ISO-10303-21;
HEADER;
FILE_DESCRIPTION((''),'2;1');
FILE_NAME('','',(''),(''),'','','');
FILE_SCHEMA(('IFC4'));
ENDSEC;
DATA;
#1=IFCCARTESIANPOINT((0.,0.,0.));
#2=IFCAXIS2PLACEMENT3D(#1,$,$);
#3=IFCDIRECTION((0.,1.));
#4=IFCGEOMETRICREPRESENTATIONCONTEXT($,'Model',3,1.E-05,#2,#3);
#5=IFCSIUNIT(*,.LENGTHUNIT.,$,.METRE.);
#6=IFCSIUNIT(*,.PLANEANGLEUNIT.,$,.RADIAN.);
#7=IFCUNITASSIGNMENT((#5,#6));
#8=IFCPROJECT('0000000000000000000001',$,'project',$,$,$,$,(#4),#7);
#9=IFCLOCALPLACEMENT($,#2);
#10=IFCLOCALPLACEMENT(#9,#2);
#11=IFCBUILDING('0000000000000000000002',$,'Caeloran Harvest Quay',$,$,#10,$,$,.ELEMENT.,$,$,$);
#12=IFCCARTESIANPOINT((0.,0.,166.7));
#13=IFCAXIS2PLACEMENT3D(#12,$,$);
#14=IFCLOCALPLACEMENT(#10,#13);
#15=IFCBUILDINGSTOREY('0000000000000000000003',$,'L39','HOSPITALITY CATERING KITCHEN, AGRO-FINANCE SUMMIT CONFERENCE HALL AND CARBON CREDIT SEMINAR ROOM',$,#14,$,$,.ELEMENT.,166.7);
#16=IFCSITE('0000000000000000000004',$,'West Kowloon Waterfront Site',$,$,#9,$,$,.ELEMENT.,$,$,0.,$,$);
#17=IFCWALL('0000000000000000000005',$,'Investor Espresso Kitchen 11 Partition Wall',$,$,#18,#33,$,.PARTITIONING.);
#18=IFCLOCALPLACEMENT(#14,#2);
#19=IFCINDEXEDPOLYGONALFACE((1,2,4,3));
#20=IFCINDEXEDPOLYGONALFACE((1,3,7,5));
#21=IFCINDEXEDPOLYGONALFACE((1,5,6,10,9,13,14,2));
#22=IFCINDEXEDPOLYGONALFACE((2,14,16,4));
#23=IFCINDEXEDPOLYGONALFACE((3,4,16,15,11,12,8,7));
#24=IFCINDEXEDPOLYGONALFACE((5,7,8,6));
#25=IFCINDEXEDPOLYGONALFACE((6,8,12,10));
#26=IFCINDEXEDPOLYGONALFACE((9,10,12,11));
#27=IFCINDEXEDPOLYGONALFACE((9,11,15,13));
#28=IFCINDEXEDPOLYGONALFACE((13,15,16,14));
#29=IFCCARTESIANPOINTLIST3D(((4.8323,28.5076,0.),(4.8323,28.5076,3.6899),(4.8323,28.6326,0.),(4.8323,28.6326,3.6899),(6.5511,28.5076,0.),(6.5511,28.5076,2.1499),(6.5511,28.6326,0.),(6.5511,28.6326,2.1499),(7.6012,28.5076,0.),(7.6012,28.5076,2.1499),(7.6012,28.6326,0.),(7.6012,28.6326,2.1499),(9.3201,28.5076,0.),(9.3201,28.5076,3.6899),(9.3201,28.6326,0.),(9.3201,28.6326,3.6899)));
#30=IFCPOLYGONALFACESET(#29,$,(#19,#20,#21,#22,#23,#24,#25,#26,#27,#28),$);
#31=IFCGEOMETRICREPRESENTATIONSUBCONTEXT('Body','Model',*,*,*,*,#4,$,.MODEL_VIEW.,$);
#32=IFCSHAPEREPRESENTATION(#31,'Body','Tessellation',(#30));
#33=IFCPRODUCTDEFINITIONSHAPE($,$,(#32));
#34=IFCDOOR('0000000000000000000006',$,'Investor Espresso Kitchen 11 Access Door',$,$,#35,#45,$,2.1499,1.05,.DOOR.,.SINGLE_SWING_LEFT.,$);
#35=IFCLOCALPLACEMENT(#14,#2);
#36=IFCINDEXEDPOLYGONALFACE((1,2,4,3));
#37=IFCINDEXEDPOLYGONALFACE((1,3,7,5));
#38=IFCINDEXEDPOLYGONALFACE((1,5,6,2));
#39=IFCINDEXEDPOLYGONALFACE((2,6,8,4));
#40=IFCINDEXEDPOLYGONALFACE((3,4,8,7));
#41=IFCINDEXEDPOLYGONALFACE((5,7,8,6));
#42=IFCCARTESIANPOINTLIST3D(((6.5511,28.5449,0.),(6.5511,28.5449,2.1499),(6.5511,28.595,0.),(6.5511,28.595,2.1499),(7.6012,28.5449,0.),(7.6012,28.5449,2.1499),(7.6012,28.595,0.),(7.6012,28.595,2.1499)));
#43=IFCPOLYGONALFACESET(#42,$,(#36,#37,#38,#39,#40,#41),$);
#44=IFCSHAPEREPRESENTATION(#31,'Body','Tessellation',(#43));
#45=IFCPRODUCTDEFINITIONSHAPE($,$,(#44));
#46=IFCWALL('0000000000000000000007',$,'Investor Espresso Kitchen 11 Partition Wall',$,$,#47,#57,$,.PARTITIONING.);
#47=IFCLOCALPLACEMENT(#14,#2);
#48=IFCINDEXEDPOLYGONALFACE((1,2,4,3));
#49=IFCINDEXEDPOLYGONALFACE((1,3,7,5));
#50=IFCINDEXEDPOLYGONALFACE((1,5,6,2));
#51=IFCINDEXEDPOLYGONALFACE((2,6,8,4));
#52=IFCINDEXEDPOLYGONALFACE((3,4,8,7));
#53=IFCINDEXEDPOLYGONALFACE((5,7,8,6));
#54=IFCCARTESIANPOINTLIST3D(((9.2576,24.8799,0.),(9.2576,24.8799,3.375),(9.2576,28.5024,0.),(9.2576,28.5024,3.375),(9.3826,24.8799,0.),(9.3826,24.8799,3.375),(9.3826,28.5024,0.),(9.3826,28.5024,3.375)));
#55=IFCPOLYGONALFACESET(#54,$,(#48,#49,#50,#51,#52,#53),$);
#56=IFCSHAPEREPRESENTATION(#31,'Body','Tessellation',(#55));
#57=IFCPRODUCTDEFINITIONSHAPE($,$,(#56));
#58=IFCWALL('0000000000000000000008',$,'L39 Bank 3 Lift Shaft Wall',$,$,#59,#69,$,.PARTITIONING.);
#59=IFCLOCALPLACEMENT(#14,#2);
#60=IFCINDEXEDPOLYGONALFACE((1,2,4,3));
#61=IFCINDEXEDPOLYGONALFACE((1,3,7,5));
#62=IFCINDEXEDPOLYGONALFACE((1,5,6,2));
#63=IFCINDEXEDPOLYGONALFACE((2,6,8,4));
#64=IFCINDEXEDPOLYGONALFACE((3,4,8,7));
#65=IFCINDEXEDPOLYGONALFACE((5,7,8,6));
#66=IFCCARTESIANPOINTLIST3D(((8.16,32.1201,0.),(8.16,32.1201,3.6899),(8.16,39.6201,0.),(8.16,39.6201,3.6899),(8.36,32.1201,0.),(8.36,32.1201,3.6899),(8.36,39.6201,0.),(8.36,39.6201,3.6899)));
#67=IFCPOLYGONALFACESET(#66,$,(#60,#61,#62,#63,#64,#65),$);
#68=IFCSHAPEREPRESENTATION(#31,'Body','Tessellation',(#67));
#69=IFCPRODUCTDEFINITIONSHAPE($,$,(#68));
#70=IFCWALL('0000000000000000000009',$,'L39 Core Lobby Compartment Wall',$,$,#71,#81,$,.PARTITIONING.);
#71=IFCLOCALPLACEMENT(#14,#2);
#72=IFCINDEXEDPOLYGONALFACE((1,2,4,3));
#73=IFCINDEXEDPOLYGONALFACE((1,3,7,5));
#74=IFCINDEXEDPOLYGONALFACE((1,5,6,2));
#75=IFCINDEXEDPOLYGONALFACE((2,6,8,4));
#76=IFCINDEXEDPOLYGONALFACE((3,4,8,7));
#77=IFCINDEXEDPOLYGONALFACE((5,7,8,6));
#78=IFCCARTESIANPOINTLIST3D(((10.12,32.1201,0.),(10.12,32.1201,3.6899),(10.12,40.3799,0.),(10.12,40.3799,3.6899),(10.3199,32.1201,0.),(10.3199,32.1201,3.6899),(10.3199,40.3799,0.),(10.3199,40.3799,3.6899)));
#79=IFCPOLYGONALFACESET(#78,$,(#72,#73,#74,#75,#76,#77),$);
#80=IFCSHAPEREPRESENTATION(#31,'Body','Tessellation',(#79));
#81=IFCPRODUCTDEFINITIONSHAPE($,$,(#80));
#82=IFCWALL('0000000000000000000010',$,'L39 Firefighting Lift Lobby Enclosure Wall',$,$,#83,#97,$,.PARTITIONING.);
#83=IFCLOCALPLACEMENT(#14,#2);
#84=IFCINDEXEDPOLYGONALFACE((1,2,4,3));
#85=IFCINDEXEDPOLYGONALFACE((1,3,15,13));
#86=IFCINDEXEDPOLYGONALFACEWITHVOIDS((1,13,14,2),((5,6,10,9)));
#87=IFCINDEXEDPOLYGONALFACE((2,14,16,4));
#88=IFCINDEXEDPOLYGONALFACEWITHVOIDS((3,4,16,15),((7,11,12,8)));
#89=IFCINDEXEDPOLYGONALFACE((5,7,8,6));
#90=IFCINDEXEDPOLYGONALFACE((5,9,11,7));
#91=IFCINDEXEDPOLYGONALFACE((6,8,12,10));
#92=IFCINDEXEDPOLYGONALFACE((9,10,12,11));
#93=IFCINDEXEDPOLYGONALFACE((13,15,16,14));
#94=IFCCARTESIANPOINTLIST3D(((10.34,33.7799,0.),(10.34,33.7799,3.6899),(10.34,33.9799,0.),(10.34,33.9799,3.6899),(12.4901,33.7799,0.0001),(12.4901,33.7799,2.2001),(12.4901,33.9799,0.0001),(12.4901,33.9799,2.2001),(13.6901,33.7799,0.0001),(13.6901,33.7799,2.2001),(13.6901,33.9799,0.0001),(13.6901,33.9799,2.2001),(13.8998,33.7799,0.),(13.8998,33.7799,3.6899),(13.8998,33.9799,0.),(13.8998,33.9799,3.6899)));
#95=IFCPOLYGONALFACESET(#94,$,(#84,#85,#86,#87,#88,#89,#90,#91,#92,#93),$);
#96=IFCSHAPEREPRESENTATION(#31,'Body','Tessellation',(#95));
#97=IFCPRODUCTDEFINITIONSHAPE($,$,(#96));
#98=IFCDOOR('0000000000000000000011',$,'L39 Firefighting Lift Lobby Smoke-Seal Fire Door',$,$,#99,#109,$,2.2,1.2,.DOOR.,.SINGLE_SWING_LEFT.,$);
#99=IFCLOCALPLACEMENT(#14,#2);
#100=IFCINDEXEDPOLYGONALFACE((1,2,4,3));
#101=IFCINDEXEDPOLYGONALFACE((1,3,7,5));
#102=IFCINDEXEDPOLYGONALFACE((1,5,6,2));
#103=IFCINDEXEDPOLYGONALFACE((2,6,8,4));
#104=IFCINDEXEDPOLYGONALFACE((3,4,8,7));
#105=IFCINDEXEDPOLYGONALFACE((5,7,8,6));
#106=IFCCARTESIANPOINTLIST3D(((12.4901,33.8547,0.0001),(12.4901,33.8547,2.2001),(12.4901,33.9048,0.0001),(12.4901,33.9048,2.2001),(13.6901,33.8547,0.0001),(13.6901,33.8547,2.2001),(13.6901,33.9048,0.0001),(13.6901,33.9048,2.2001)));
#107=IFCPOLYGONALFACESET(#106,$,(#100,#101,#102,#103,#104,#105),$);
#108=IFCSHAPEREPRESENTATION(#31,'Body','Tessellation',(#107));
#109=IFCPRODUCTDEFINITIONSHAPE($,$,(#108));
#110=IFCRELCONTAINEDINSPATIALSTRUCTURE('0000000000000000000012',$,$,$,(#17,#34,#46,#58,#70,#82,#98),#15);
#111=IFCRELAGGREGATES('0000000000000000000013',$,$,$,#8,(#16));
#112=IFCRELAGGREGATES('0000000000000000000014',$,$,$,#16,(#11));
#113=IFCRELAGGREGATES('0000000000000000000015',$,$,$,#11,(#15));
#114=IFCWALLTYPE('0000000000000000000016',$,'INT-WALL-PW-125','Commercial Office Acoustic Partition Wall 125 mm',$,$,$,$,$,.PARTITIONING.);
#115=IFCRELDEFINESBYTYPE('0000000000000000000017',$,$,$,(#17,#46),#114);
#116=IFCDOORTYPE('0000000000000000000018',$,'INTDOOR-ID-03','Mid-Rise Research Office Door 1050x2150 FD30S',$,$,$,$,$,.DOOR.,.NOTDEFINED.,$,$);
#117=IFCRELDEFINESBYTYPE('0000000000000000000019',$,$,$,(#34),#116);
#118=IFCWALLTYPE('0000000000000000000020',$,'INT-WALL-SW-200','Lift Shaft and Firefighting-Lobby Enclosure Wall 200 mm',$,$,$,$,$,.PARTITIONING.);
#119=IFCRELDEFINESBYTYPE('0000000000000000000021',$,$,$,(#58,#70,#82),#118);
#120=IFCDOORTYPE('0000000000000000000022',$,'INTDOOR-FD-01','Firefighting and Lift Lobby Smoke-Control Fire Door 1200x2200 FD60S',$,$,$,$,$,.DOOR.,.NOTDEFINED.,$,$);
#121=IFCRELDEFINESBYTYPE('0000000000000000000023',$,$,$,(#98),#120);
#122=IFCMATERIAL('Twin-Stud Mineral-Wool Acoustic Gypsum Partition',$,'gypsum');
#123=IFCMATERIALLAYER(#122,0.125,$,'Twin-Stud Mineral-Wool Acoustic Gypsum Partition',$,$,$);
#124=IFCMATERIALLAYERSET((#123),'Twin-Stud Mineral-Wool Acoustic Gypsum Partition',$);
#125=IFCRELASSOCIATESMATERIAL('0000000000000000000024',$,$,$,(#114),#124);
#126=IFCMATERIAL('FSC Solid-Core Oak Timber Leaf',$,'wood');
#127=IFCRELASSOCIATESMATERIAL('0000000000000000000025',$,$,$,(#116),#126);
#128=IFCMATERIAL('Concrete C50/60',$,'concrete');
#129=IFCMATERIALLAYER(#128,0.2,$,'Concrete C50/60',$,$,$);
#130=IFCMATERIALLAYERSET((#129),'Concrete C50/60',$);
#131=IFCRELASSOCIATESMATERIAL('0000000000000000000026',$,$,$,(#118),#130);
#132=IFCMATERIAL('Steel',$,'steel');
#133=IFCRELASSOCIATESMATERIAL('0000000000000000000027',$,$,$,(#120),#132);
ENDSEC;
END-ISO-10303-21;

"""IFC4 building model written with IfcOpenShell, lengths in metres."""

from ifc_helpers import new_model, si_unit, direction, frame, frame_2d, origin, place, context, subcontext, project, spatial, rectangle, extrude, material, layer, layer_set, type_object, element, fill, save


model = new_model("IFC4")

# Units and contexts
model_context = context("Model", 3, precision=1e-05, world=origin(), true_north=direction((0.0, 1.0)))
body_context = subcontext(model_context, "Body", "Model", "MODEL_VIEW")
ifc_project = project(units=[si_unit("LENGTHUNIT", "METRE"), si_unit("PLANEANGLEUNIT", "RADIAN")], contexts=[model_context])

# Site, building, storey
site_placement = place(None, origin())
site = spatial("IfcSite", under=ifc_project, at=site_placement, Name="West Kowloon Waterfront Site", CompositionType="ELEMENT", RefElevation=0.0)
building_placement = place(site_placement, origin())
building = spatial("IfcBuilding", under=site, at=building_placement, Name="Caeloran Harvest Quay", CompositionType="ELEMENT")
storey_placement = place(building_placement, frame((0.0, 0.0, 166.7)))
storey = spatial("IfcBuildingStorey", under=building, at=storey_placement, Name="L39", Description="HOSPITALITY CATERING KITCHEN, AGRO-FINANCE SUMMIT CONFERENCE HALL AND CARBON CREDIT SEMINAR ROOM", CompositionType="ELEMENT", Elevation=166.7)

# Shared definitions
ifc_material_1 = material(Name="Twin-Stud Mineral-Wool Acoustic Gypsum Partition", Category="gypsum")
ifc_layer_1 = layer(ifc_material_1, 0.125, Name="Twin-Stud Mineral-Wool Acoustic Gypsum Partition")
ifc_layer_set_1 = layer_set([ifc_layer_1], Name="Twin-Stud Mineral-Wool Acoustic Gypsum Partition")
wall_type_1 = type_object("IfcWallType", Name="INT-WALL-PW-125", Description="Commercial Office Acoustic Partition Wall 125 mm", PredefinedType="PARTITIONING", material=ifc_layer_set_1)

# Wall, opening, door
wall_1_placement = place(storey_placement, frame((4.8323, 28.5701, 0.0), z_axis=(0.0, 0.0, 1.0), x_axis=(1.0, 0.0, 0.0)))
wall_1 = element("IfcWall", 1, at=wall_1_placement, inside=storey, type_object=wall_type_1, Name="Investor Espresso Kitchen 11 Partition Wall", PredefinedType="PARTITIONING", context=body_context, shape_type="SweptSolid", body=[
    extrude(rectangle(XDim=4.4878, YDim=0.125, at=frame_2d((2.2439, 0.0))), origin(), (0.0, 0.0, 1.0), 3.6899),
])
opening_1_placement = place(wall_1_placement, frame((1.719, 0.0, 0.0)))
opening_1 = element("IfcOpeningElement", 2, at=opening_1_placement, cuts=wall_1, PredefinedType="OPENING", context=body_context, shape_type="SweptSolid", body=[
    extrude(rectangle(XDim=1.05, YDim=2.1499, at=frame_2d((0.5249, 1.075))), frame((0.0, 0.0725, 0.0), z_axis=(0.0, -1.0, 0.0), x_axis=(1.0, 0.0, 0.0)), (0.0, 0.0, 1.0), 0.145),
])
ifc_material_2 = material(Name="FSC Solid-Core Oak Timber Leaf", Category="wood")
door_type_1 = type_object("IfcDoorType", Name="INTDOOR-ID-03", Description="Mid-Rise Research Office Door 1050x2150 FD30S", OperationType="NOTDEFINED", PredefinedType="DOOR", material=ifc_material_2)
door_1_placement = place(opening_1_placement, origin())
door_1 = element("IfcDoor", 3, at=door_1_placement, inside=storey, type_object=door_type_1, Name="Investor Espresso Kitchen 11 Access Door", OperationType="SINGLE_SWING_LEFT", OverallHeight=2.1499, OverallWidth=1.05, PredefinedType="DOOR", context=body_context, shape_type="SweptSolid", body=[
    extrude(rectangle(XDim=1.05, YDim=2.1499, at=frame_2d((0.5249, 1.075))), frame((0.0, 0.0249, 0.0), z_axis=(0.0, -1.0, 0.0), x_axis=(1.0, 0.0, 0.0)), (0.0, 0.0, 1.0), 0.05),
])
fill(opening_1, door_1)

# Walls
wall_2_placement = place(storey_placement, frame((9.3201, 28.5024, 0.0), z_axis=(0.0, 0.0, 1.0), x_axis=(0.0, -1.0, 0.0)))
element("IfcWall", 4, at=wall_2_placement, inside=storey, type_object=wall_type_1, Name="Investor Espresso Kitchen 11 Partition Wall", PredefinedType="PARTITIONING", context=body_context, shape_type="SweptSolid", body=[
    extrude(rectangle(XDim=3.6226, YDim=0.125, at=frame_2d((1.8113, 0.0))), origin(), (0.0, 0.0, 1.0), 3.375),
])
ifc_material_3 = material(Name="Concrete C50/60", Category="concrete")
ifc_layer_2 = layer(ifc_material_3, 0.2, Name="Concrete C50/60")
ifc_layer_set_2 = layer_set([ifc_layer_2], Name="Concrete C50/60")
wall_type_2 = type_object("IfcWallType", Name="INT-WALL-SW-200", Description="Lift Shaft and Firefighting-Lobby Enclosure Wall 200 mm", PredefinedType="PARTITIONING", material=ifc_layer_set_2)
wall_3_placement = place(storey_placement, frame((8.26, 32.1201, 0.0), z_axis=(0.0, 0.0, 1.0), x_axis=(0.0, 1.0, 0.0)))
element("IfcWall", 5, at=wall_3_placement, inside=storey, type_object=wall_type_2, Name="L39 Bank 3 Lift Shaft Wall", PredefinedType="PARTITIONING", context=body_context, shape_type="SweptSolid", body=[
    extrude(rectangle(XDim=7.5, YDim=0.2, at=frame_2d((3.75, 0.0))), origin(), (0.0, 0.0, 1.0), 3.6899),
])
wall_4_placement = place(storey_placement, frame((10.22, 32.1201, 0.0), z_axis=(0.0, 0.0, 1.0), x_axis=(0.0, 1.0, 0.0)))
element("IfcWall", 6, at=wall_4_placement, inside=storey, type_object=wall_type_2, Name="L39 Core Lobby Compartment Wall", PredefinedType="PARTITIONING", context=body_context, shape_type="SweptSolid", body=[
    extrude(rectangle(XDim=8.2598, YDim=0.2, at=frame_2d((4.1299, 0.0))), origin(), (0.0, 0.0, 1.0), 3.6899),
])

# Wall, opening, door
wall_5_placement = place(storey_placement, frame((10.3401, 33.8799, 0.0), z_axis=(0.0, 0.0, 1.0), x_axis=(1.0, 0.0, 0.0)))
wall_5 = element("IfcWall", 7, at=wall_5_placement, inside=storey, type_object=wall_type_2, Name="L39 Firefighting Lift Lobby Enclosure Wall", PredefinedType="PARTITIONING", context=body_context, shape_type="SweptSolid", body=[
    extrude(rectangle(XDim=3.5598, YDim=0.2, at=frame_2d((1.7798, 0.0))), origin(), (0.0, 0.0, 1.0), 3.6899),
])
opening_2_placement = place(wall_5_placement, frame((2.1499, 0.0, 0.0)))
opening_2 = element("IfcOpeningElement", 8, at=opening_2_placement, cuts=wall_5, PredefinedType="OPENING", context=body_context, shape_type="SweptSolid", body=[
    extrude(rectangle(XDim=1.2, YDim=2.2, at=frame_2d((0.6001, 1.1001))), frame((0.0, 0.1099, 0.0), z_axis=(0.0, -1.0, 0.0), x_axis=(1.0, 0.0, 0.0)), (0.0, 0.0, 1.0), 0.22),
])
ifc_material_4 = material(Name="Steel", Category="steel")
door_type_2 = type_object("IfcDoorType", Name="INTDOOR-FD-01", Description="Firefighting and Lift Lobby Smoke-Control Fire Door 1200x2200 FD60S", OperationType="NOTDEFINED", PredefinedType="DOOR", material=ifc_material_4)
door_2_placement = place(opening_2_placement, origin())
door_2 = element("IfcDoor", 9, at=door_2_placement, inside=storey, type_object=door_type_2, Name="L39 Firefighting Lift Lobby Smoke-Seal Fire Door", OperationType="SINGLE_SWING_LEFT", OverallHeight=2.2, OverallWidth=1.2, PredefinedType="DOOR", context=body_context, shape_type="SweptSolid", body=[
    extrude(rectangle(XDim=1.2, YDim=2.2, at=frame_2d((0.6001, 1.1001))), frame((0.0, 0.0249, 0.0), z_axis=(0.0, -1.0, 0.0), x_axis=(1.0, 0.0, 0.0)), (0.0, 0.0, 1.0), 0.05),
])
fill(opening_2, door_2)

save(model, "model.ifc")
